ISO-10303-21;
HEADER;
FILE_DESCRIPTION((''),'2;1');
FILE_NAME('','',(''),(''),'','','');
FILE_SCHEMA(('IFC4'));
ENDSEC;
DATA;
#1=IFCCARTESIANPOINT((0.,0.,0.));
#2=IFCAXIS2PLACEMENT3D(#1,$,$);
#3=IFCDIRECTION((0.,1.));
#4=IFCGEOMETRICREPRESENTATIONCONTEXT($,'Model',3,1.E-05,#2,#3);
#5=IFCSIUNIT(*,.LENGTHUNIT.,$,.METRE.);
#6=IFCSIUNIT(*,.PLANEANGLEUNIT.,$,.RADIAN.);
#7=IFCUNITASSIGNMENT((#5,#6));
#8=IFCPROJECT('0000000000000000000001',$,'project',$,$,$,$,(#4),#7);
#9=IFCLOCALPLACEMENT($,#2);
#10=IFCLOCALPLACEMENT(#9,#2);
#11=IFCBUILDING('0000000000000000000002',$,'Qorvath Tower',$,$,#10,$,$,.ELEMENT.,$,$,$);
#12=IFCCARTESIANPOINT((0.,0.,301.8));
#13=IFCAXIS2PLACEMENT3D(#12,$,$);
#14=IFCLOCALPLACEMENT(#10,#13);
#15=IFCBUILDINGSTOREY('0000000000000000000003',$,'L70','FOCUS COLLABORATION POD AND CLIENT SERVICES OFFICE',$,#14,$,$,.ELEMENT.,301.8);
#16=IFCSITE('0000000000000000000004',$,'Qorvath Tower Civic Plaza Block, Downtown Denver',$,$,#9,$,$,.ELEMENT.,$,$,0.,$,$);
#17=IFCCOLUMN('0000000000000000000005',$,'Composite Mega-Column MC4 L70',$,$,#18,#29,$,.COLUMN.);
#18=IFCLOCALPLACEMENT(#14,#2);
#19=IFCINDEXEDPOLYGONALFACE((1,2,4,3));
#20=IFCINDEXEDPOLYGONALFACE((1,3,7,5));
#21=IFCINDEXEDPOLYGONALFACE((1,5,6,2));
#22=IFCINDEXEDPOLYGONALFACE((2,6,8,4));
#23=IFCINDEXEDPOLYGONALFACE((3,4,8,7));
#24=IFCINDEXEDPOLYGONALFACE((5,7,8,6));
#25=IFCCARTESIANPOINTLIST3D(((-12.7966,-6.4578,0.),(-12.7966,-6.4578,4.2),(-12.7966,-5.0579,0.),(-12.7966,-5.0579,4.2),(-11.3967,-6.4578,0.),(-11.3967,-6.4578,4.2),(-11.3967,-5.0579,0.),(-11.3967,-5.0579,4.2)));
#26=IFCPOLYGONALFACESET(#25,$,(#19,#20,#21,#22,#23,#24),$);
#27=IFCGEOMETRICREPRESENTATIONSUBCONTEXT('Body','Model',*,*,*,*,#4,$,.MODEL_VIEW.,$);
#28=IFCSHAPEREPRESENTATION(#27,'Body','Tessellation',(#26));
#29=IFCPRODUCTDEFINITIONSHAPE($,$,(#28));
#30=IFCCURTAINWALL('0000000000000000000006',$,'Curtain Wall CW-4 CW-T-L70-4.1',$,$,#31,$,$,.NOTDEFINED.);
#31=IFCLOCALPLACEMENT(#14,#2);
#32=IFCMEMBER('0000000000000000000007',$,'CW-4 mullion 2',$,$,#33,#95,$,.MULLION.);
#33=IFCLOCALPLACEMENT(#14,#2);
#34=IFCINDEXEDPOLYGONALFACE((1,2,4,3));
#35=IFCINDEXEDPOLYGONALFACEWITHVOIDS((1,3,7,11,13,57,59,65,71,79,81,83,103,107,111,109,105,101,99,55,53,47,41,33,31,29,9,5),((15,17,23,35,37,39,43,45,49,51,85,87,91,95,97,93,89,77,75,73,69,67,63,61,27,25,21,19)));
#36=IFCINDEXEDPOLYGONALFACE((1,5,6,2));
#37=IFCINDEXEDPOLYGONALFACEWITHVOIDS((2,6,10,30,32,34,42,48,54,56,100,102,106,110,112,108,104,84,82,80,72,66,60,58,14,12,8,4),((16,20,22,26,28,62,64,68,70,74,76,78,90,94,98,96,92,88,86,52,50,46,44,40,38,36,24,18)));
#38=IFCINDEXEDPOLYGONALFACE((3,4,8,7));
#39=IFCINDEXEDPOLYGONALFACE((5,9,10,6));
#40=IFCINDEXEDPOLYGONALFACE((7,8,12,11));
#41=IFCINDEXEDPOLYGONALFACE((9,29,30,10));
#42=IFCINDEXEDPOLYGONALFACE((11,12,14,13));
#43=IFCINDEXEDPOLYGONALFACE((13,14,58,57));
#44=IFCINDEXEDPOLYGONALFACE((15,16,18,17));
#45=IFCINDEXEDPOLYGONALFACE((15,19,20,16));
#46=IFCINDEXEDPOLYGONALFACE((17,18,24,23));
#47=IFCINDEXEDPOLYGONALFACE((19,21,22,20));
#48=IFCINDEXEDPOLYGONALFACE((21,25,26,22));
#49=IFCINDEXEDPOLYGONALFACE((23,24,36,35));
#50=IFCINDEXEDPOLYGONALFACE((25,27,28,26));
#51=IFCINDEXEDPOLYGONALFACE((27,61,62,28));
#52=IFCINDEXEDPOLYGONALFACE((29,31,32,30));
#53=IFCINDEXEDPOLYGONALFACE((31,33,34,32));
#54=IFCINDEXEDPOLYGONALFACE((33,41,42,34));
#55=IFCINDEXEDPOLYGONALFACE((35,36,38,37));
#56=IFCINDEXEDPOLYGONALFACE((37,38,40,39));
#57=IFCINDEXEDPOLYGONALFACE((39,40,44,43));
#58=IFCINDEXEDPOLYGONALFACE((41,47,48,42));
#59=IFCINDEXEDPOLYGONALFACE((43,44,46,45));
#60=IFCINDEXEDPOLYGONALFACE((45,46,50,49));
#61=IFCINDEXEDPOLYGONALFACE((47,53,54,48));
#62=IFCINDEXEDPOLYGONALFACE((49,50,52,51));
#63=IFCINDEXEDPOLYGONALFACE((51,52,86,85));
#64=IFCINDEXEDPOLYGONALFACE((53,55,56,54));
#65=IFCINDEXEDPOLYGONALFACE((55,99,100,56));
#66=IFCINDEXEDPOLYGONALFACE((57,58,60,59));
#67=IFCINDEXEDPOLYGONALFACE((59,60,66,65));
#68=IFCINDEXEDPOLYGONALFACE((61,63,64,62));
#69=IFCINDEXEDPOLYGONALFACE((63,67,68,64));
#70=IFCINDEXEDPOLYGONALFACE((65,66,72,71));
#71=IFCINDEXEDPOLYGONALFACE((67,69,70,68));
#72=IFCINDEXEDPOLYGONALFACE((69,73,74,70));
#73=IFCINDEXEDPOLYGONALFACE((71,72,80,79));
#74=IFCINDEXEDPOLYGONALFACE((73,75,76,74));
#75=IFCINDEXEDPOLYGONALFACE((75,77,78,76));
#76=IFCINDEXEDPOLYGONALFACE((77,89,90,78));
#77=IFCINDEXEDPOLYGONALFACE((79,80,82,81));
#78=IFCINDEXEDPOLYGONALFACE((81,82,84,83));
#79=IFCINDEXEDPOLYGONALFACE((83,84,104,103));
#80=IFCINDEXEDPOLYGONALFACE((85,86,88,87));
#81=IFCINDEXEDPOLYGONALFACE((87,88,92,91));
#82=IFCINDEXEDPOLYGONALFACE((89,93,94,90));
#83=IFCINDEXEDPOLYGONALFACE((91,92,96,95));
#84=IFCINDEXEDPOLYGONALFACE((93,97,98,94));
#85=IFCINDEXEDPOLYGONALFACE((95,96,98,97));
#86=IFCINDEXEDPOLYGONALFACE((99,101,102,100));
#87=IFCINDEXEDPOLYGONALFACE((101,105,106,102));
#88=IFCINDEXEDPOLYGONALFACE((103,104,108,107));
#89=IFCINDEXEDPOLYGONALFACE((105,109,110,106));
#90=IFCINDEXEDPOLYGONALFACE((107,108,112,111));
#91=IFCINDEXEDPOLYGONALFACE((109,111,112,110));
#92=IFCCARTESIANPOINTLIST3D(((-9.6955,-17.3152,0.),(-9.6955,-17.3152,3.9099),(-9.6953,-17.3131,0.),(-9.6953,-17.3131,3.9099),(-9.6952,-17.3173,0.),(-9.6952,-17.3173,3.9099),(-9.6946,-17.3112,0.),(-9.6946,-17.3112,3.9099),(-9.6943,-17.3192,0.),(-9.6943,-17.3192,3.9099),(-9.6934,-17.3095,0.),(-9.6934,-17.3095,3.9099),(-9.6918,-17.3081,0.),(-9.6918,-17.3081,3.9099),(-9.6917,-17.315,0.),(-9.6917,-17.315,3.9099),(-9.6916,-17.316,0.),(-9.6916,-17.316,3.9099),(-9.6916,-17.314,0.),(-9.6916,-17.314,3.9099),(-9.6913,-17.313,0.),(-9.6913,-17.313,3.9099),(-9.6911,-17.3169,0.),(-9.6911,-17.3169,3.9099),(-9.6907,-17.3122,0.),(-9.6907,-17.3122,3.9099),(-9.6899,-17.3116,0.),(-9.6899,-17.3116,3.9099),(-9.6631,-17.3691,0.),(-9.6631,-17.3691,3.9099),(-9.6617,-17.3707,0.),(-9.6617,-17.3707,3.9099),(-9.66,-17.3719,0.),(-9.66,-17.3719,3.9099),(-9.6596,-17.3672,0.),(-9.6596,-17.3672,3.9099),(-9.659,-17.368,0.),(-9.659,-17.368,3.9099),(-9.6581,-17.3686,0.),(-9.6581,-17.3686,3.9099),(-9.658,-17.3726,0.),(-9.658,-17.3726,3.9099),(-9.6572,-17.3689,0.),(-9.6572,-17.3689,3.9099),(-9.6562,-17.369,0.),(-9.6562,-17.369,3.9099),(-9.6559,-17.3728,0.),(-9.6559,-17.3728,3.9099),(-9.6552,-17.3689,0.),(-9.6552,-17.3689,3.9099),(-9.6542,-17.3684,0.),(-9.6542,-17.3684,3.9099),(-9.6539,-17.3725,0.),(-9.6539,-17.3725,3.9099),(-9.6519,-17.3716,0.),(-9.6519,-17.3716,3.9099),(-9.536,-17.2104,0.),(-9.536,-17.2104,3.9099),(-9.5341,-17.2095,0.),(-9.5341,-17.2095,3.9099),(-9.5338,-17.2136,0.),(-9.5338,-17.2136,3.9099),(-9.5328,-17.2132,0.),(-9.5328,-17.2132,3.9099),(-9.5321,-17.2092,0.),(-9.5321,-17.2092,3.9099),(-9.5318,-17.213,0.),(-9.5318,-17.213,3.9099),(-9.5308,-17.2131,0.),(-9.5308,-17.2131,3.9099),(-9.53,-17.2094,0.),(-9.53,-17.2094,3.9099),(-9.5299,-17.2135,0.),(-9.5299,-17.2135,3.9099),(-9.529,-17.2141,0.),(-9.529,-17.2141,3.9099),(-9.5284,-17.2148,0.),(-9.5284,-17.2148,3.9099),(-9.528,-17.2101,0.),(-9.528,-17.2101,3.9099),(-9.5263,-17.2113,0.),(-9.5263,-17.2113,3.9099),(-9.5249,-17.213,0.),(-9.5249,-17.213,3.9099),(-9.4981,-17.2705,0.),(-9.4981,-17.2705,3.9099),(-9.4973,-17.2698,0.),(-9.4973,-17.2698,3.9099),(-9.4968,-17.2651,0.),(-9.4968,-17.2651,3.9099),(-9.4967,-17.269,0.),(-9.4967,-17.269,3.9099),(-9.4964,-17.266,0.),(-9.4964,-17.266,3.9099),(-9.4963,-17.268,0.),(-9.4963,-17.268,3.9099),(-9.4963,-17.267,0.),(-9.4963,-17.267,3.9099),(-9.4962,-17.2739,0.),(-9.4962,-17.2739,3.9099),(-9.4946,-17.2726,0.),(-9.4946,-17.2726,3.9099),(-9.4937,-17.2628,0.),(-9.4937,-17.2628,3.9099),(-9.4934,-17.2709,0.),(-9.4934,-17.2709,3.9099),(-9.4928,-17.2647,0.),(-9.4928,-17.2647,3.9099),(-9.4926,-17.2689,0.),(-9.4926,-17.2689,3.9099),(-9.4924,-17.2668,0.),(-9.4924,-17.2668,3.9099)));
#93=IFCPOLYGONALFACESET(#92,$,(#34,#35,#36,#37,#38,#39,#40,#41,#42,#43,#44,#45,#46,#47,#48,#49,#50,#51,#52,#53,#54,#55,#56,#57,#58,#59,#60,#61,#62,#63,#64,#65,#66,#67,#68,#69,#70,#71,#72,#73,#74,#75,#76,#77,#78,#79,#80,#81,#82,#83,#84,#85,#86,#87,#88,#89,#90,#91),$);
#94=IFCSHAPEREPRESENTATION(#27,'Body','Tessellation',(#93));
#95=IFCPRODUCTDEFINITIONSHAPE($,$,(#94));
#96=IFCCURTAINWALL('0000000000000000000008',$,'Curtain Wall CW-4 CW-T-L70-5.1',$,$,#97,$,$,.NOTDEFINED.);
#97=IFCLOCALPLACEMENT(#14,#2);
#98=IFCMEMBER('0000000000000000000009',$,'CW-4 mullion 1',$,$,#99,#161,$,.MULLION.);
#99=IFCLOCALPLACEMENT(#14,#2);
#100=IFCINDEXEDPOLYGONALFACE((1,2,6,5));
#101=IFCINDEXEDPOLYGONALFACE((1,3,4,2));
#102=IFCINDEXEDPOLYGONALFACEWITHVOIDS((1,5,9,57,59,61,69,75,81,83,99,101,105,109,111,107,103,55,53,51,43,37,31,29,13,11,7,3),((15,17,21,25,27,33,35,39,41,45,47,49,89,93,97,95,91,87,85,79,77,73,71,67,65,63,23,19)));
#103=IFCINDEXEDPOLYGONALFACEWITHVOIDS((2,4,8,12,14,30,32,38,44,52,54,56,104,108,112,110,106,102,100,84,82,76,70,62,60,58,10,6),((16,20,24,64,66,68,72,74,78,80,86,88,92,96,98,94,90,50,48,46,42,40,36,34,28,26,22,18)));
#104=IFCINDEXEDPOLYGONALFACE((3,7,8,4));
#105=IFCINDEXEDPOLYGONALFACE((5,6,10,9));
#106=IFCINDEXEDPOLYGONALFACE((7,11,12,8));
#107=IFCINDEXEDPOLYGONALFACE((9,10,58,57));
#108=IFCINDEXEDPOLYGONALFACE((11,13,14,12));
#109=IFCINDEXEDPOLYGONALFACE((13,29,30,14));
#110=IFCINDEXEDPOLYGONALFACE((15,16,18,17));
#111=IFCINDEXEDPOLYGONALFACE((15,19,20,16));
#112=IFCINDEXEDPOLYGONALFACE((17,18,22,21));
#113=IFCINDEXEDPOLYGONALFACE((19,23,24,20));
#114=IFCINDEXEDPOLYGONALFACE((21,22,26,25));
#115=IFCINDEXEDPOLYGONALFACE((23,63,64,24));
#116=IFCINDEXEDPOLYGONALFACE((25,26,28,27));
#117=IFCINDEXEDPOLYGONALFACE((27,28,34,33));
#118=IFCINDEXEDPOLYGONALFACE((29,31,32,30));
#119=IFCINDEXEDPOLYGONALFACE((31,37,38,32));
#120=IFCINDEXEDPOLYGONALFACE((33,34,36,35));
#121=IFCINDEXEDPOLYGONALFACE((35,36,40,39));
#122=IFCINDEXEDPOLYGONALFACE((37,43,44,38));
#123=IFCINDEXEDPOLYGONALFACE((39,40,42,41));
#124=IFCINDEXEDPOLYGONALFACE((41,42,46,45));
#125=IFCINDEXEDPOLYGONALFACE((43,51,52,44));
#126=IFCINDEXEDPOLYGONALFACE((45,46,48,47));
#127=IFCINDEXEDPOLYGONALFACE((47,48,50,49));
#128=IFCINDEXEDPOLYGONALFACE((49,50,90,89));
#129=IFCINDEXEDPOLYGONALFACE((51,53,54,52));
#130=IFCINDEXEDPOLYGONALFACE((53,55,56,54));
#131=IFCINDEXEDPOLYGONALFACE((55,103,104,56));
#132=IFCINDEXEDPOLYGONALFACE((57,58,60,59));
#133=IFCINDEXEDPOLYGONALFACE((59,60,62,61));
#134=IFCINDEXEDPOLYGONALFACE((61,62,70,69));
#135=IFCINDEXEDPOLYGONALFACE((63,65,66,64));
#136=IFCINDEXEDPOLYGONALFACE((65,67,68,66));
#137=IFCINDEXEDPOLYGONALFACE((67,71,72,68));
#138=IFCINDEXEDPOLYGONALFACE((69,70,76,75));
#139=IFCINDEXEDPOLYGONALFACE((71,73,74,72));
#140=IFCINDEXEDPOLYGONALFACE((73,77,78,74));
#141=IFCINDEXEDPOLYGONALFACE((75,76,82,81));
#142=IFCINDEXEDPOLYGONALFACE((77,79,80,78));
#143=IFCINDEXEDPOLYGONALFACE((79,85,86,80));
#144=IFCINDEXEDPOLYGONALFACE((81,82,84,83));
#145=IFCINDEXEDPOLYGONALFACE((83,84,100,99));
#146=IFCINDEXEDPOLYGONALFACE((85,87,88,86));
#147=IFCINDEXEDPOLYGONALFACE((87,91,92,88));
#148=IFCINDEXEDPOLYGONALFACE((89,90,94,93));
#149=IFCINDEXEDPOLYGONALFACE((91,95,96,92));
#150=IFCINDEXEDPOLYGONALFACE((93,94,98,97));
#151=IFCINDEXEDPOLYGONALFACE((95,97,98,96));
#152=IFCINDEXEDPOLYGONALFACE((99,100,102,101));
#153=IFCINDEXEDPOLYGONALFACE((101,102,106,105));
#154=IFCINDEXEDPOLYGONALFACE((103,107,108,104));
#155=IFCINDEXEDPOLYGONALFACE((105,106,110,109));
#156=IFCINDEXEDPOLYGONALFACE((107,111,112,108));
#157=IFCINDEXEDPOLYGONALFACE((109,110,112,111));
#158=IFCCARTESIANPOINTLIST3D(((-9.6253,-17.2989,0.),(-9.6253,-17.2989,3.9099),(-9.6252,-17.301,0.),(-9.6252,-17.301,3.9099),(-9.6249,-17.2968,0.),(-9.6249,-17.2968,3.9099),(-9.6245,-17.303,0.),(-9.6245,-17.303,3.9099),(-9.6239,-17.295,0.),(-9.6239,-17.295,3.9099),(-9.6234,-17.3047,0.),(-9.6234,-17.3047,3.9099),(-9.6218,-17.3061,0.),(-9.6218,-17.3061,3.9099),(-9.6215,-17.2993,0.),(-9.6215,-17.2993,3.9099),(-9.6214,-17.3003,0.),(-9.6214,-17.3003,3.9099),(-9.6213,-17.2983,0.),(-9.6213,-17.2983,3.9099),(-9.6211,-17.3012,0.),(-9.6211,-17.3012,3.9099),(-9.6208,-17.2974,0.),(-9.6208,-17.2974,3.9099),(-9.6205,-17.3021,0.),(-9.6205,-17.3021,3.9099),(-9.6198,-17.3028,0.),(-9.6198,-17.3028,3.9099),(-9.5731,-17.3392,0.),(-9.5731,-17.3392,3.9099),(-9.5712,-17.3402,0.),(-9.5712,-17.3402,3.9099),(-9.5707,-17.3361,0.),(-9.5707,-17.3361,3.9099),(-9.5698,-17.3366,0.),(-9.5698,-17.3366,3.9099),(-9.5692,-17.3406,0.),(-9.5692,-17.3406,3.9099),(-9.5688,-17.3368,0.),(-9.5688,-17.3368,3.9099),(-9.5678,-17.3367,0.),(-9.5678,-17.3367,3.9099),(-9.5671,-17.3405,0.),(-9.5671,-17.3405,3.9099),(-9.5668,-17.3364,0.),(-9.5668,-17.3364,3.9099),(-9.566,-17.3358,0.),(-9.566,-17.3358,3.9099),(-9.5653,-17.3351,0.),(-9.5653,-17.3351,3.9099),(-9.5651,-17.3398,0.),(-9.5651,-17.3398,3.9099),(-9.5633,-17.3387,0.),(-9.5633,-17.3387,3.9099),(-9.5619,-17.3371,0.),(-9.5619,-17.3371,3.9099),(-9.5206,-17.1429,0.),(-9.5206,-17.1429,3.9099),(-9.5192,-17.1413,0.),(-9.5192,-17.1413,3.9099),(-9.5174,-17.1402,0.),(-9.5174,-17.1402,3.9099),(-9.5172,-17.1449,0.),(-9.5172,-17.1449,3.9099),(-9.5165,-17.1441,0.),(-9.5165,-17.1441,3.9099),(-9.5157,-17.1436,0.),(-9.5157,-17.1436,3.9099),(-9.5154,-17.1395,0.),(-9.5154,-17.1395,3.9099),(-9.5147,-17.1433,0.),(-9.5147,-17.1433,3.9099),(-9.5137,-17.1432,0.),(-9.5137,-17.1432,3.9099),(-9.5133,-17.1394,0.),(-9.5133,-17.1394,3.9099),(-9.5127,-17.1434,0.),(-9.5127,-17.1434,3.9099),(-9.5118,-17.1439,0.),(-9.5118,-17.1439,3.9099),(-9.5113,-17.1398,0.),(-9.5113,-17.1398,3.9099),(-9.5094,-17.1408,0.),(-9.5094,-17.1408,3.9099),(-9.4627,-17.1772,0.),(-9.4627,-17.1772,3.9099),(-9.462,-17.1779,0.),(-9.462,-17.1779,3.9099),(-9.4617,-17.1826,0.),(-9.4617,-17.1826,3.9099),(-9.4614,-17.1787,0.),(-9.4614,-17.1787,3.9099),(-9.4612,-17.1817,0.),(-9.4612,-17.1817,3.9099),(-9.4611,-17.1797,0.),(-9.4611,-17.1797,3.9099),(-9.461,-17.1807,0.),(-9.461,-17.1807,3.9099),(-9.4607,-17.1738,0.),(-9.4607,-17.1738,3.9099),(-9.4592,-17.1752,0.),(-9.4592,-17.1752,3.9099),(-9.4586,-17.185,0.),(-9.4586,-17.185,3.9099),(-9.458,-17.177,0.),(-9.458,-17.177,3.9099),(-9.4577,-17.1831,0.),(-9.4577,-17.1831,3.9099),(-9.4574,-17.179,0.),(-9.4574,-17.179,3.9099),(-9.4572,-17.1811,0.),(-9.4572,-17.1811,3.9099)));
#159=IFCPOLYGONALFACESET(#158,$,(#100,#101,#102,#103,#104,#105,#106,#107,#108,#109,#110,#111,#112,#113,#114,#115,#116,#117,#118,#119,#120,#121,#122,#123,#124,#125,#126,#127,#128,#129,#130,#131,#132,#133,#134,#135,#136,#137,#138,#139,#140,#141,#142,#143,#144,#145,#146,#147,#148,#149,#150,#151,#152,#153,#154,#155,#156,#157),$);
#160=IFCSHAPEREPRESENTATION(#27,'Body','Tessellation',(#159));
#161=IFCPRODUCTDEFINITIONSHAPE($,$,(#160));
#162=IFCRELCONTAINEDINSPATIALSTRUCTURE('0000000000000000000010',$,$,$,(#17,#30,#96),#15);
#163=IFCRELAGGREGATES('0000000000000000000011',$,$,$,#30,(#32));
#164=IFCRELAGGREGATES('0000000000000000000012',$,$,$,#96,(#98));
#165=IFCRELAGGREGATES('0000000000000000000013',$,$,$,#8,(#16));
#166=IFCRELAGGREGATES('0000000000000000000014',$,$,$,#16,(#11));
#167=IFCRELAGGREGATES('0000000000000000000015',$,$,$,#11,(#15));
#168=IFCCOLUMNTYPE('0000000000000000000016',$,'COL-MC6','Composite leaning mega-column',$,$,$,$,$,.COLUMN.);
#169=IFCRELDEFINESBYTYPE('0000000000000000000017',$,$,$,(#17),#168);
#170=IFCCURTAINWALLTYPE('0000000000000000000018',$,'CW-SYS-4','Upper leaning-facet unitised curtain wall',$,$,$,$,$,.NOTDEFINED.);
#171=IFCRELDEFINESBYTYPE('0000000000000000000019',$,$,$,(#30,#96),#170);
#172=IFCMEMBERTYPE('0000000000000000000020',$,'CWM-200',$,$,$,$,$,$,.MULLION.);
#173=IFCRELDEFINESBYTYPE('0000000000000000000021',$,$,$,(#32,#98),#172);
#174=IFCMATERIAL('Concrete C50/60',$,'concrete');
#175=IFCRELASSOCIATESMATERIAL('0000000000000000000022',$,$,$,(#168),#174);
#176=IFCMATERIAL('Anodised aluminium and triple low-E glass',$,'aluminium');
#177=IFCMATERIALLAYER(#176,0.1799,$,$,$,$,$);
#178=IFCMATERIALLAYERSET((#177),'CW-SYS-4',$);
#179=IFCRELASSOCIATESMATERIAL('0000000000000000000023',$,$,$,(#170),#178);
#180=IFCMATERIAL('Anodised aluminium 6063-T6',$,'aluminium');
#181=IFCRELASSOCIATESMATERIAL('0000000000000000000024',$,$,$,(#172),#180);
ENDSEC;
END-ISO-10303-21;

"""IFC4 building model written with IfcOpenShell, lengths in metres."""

from ifc_helpers import new_model, si_unit, direction, frame, origin, origin_2d, place, context, subcontext, project, spatial, rectangle, hollow_rectangle, extrude, material, layer, layer_set, material_profile, profile_set, type_object, element, aggregate, save


model = new_model("IFC4")

# Units and contexts
model_context = context("Model", 3, precision=1e-05, world=origin(), true_north=direction((0.0, 1.0)))
body_context = subcontext(model_context, "Body", "Model", "MODEL_VIEW")
ifc_project = project(units=[si_unit("LENGTHUNIT", "METRE"), si_unit("PLANEANGLEUNIT", "RADIAN")], contexts=[model_context])

# Site, building, storey
site_placement = place(None, origin())
site = spatial("IfcSite", under=ifc_project, at=site_placement, Name="Qorvath Tower Civic Plaza Block, Downtown Denver", CompositionType="ELEMENT", RefElevation=0.0)
building_placement = place(site_placement, origin())
building = spatial("IfcBuilding", under=site, at=building_placement, Name="Qorvath Tower", CompositionType="ELEMENT")
storey_placement = place(building_placement, frame((0.0, 0.0, 301.8)))
storey = spatial("IfcBuildingStorey", under=building, at=storey_placement, Name="L70", Description="FOCUS COLLABORATION POD AND CLIENT SERVICES OFFICE", CompositionType="ELEMENT", Elevation=301.8)

# Column
ifc_material_1 = material(Name="Concrete C50/60", Category="concrete")
ifc_material_profile_1 = material_profile(ifc_material_1, rectangle(XDim=1.3999, YDim=1.3999, at=origin_2d()), Name="MC 1400x1400")
ifc_profile_set_1 = profile_set([ifc_material_profile_1], Name="Concrete C50/60")
column_type = type_object("IfcColumnType", Name="COL-MC6", Description="Composite leaning mega-column", PredefinedType="COLUMN", material=ifc_profile_set_1)
column_placement = place(storey_placement, frame((-12.0967, -5.7578, 0.0), z_axis=(0.0, 0.0, 1.0), x_axis=(1.0, 0.0, 0.0)))
element("IfcColumn", 1, at=column_placement, inside=storey, type_object=column_type, Name="Composite Mega-Column MC4 L70", PredefinedType="COLUMN", context=body_context, shape_type="SweptSolid", body=[
    extrude(rectangle(XDim=1.3999, YDim=1.3999, at=origin_2d()), origin(), (0.0, 0.0, 1.0), 4.2),
])

# Curtain wall, member
ifc_material_2 = material(Name="Anodised aluminium and triple low-E glass", Category="aluminium")
ifc_layer_1 = layer(ifc_material_2, 0.1799)
ifc_layer_set_1 = layer_set([ifc_layer_1], Name="CW-SYS-4")
curtain_wall_type = type_object("IfcCurtainWallType", Name="CW-SYS-4", Description="Upper leaning-facet unitised curtain wall", PredefinedType="NOTDEFINED", material=ifc_layer_set_1)
curtain_wall_1_placement = place(storey_placement, origin())
curtain_wall_1 = element("IfcCurtainWall", 2, at=curtain_wall_1_placement, inside=storey, type_object=curtain_wall_type, Name="Curtain Wall CW-4 CW-T-L70-4.1", PredefinedType="NOTDEFINED")
ifc_material_3 = material(Name="Anodised aluminium 6063-T6", Category="aluminium")
ifc_material_profile_2 = material_profile(ifc_material_3, hollow_rectangle(XDim=0.075, YDim=0.2, WallThickness=0.0039, InnerFilletRadius=0.0039, OuterFilletRadius=0.0081, at=origin_2d()), Name="CWM 200x75")
ifc_profile_set_2 = profile_set([ifc_material_profile_2], Name="Anodised aluminium 6063-T6")
member_type_1 = type_object("IfcMemberType", Name="CWM-200", PredefinedType="MULLION", material=ifc_profile_set_2)
member_1_placement = place(storey_placement, frame((-9.594, -17.291, 0.0), z_axis=(0.0, 0.0, 1.0), x_axis=(-0.531382, 0.847133, 0.0)))
member_1 = element("IfcMember", 3, at=member_1_placement, type_object=member_type_1, Name="CW-4 mullion 2", PredefinedType="MULLION", context=body_context, shape_type="SweptSolid", body=[
    extrude(hollow_rectangle(XDim=0.075, YDim=0.2, WallThickness=0.0039, InnerFilletRadius=0.0039, OuterFilletRadius=0.0081, at=origin_2d()), origin(), (0.0, 0.0, 1.0), 3.9099),
])

# Curtain wall, member
curtain_wall_2_placement = place(storey_placement, origin())
curtain_wall_2 = element("IfcCurtainWall", 4, at=curtain_wall_2_placement, inside=storey, type_object=curtain_wall_type, Name="Curtain Wall CW-4 CW-T-L70-5.1", PredefinedType="NOTDEFINED")
member_2_placement = place(storey_placement, frame((-9.5413, -17.24, 0.0), z_axis=(0.0, 0.0, 1.0), x_axis=(-0.827119, 0.562026, 0.0)))
member_2 = element("IfcMember", 5, at=member_2_placement, type_object=member_type_1, Name="CW-4 mullion 1", PredefinedType="MULLION", context=body_context, shape_type="SweptSolid", body=[
    extrude(hollow_rectangle(XDim=0.075, YDim=0.2, WallThickness=0.0039, InnerFilletRadius=0.0039, OuterFilletRadius=0.0081, at=origin_2d()), origin(), (0.0, 0.0, 1.0), 3.9099),
])

aggregate(curtain_wall_1, [member_1])
aggregate(curtain_wall_2, [member_2])

save(model, "model.ifc")
